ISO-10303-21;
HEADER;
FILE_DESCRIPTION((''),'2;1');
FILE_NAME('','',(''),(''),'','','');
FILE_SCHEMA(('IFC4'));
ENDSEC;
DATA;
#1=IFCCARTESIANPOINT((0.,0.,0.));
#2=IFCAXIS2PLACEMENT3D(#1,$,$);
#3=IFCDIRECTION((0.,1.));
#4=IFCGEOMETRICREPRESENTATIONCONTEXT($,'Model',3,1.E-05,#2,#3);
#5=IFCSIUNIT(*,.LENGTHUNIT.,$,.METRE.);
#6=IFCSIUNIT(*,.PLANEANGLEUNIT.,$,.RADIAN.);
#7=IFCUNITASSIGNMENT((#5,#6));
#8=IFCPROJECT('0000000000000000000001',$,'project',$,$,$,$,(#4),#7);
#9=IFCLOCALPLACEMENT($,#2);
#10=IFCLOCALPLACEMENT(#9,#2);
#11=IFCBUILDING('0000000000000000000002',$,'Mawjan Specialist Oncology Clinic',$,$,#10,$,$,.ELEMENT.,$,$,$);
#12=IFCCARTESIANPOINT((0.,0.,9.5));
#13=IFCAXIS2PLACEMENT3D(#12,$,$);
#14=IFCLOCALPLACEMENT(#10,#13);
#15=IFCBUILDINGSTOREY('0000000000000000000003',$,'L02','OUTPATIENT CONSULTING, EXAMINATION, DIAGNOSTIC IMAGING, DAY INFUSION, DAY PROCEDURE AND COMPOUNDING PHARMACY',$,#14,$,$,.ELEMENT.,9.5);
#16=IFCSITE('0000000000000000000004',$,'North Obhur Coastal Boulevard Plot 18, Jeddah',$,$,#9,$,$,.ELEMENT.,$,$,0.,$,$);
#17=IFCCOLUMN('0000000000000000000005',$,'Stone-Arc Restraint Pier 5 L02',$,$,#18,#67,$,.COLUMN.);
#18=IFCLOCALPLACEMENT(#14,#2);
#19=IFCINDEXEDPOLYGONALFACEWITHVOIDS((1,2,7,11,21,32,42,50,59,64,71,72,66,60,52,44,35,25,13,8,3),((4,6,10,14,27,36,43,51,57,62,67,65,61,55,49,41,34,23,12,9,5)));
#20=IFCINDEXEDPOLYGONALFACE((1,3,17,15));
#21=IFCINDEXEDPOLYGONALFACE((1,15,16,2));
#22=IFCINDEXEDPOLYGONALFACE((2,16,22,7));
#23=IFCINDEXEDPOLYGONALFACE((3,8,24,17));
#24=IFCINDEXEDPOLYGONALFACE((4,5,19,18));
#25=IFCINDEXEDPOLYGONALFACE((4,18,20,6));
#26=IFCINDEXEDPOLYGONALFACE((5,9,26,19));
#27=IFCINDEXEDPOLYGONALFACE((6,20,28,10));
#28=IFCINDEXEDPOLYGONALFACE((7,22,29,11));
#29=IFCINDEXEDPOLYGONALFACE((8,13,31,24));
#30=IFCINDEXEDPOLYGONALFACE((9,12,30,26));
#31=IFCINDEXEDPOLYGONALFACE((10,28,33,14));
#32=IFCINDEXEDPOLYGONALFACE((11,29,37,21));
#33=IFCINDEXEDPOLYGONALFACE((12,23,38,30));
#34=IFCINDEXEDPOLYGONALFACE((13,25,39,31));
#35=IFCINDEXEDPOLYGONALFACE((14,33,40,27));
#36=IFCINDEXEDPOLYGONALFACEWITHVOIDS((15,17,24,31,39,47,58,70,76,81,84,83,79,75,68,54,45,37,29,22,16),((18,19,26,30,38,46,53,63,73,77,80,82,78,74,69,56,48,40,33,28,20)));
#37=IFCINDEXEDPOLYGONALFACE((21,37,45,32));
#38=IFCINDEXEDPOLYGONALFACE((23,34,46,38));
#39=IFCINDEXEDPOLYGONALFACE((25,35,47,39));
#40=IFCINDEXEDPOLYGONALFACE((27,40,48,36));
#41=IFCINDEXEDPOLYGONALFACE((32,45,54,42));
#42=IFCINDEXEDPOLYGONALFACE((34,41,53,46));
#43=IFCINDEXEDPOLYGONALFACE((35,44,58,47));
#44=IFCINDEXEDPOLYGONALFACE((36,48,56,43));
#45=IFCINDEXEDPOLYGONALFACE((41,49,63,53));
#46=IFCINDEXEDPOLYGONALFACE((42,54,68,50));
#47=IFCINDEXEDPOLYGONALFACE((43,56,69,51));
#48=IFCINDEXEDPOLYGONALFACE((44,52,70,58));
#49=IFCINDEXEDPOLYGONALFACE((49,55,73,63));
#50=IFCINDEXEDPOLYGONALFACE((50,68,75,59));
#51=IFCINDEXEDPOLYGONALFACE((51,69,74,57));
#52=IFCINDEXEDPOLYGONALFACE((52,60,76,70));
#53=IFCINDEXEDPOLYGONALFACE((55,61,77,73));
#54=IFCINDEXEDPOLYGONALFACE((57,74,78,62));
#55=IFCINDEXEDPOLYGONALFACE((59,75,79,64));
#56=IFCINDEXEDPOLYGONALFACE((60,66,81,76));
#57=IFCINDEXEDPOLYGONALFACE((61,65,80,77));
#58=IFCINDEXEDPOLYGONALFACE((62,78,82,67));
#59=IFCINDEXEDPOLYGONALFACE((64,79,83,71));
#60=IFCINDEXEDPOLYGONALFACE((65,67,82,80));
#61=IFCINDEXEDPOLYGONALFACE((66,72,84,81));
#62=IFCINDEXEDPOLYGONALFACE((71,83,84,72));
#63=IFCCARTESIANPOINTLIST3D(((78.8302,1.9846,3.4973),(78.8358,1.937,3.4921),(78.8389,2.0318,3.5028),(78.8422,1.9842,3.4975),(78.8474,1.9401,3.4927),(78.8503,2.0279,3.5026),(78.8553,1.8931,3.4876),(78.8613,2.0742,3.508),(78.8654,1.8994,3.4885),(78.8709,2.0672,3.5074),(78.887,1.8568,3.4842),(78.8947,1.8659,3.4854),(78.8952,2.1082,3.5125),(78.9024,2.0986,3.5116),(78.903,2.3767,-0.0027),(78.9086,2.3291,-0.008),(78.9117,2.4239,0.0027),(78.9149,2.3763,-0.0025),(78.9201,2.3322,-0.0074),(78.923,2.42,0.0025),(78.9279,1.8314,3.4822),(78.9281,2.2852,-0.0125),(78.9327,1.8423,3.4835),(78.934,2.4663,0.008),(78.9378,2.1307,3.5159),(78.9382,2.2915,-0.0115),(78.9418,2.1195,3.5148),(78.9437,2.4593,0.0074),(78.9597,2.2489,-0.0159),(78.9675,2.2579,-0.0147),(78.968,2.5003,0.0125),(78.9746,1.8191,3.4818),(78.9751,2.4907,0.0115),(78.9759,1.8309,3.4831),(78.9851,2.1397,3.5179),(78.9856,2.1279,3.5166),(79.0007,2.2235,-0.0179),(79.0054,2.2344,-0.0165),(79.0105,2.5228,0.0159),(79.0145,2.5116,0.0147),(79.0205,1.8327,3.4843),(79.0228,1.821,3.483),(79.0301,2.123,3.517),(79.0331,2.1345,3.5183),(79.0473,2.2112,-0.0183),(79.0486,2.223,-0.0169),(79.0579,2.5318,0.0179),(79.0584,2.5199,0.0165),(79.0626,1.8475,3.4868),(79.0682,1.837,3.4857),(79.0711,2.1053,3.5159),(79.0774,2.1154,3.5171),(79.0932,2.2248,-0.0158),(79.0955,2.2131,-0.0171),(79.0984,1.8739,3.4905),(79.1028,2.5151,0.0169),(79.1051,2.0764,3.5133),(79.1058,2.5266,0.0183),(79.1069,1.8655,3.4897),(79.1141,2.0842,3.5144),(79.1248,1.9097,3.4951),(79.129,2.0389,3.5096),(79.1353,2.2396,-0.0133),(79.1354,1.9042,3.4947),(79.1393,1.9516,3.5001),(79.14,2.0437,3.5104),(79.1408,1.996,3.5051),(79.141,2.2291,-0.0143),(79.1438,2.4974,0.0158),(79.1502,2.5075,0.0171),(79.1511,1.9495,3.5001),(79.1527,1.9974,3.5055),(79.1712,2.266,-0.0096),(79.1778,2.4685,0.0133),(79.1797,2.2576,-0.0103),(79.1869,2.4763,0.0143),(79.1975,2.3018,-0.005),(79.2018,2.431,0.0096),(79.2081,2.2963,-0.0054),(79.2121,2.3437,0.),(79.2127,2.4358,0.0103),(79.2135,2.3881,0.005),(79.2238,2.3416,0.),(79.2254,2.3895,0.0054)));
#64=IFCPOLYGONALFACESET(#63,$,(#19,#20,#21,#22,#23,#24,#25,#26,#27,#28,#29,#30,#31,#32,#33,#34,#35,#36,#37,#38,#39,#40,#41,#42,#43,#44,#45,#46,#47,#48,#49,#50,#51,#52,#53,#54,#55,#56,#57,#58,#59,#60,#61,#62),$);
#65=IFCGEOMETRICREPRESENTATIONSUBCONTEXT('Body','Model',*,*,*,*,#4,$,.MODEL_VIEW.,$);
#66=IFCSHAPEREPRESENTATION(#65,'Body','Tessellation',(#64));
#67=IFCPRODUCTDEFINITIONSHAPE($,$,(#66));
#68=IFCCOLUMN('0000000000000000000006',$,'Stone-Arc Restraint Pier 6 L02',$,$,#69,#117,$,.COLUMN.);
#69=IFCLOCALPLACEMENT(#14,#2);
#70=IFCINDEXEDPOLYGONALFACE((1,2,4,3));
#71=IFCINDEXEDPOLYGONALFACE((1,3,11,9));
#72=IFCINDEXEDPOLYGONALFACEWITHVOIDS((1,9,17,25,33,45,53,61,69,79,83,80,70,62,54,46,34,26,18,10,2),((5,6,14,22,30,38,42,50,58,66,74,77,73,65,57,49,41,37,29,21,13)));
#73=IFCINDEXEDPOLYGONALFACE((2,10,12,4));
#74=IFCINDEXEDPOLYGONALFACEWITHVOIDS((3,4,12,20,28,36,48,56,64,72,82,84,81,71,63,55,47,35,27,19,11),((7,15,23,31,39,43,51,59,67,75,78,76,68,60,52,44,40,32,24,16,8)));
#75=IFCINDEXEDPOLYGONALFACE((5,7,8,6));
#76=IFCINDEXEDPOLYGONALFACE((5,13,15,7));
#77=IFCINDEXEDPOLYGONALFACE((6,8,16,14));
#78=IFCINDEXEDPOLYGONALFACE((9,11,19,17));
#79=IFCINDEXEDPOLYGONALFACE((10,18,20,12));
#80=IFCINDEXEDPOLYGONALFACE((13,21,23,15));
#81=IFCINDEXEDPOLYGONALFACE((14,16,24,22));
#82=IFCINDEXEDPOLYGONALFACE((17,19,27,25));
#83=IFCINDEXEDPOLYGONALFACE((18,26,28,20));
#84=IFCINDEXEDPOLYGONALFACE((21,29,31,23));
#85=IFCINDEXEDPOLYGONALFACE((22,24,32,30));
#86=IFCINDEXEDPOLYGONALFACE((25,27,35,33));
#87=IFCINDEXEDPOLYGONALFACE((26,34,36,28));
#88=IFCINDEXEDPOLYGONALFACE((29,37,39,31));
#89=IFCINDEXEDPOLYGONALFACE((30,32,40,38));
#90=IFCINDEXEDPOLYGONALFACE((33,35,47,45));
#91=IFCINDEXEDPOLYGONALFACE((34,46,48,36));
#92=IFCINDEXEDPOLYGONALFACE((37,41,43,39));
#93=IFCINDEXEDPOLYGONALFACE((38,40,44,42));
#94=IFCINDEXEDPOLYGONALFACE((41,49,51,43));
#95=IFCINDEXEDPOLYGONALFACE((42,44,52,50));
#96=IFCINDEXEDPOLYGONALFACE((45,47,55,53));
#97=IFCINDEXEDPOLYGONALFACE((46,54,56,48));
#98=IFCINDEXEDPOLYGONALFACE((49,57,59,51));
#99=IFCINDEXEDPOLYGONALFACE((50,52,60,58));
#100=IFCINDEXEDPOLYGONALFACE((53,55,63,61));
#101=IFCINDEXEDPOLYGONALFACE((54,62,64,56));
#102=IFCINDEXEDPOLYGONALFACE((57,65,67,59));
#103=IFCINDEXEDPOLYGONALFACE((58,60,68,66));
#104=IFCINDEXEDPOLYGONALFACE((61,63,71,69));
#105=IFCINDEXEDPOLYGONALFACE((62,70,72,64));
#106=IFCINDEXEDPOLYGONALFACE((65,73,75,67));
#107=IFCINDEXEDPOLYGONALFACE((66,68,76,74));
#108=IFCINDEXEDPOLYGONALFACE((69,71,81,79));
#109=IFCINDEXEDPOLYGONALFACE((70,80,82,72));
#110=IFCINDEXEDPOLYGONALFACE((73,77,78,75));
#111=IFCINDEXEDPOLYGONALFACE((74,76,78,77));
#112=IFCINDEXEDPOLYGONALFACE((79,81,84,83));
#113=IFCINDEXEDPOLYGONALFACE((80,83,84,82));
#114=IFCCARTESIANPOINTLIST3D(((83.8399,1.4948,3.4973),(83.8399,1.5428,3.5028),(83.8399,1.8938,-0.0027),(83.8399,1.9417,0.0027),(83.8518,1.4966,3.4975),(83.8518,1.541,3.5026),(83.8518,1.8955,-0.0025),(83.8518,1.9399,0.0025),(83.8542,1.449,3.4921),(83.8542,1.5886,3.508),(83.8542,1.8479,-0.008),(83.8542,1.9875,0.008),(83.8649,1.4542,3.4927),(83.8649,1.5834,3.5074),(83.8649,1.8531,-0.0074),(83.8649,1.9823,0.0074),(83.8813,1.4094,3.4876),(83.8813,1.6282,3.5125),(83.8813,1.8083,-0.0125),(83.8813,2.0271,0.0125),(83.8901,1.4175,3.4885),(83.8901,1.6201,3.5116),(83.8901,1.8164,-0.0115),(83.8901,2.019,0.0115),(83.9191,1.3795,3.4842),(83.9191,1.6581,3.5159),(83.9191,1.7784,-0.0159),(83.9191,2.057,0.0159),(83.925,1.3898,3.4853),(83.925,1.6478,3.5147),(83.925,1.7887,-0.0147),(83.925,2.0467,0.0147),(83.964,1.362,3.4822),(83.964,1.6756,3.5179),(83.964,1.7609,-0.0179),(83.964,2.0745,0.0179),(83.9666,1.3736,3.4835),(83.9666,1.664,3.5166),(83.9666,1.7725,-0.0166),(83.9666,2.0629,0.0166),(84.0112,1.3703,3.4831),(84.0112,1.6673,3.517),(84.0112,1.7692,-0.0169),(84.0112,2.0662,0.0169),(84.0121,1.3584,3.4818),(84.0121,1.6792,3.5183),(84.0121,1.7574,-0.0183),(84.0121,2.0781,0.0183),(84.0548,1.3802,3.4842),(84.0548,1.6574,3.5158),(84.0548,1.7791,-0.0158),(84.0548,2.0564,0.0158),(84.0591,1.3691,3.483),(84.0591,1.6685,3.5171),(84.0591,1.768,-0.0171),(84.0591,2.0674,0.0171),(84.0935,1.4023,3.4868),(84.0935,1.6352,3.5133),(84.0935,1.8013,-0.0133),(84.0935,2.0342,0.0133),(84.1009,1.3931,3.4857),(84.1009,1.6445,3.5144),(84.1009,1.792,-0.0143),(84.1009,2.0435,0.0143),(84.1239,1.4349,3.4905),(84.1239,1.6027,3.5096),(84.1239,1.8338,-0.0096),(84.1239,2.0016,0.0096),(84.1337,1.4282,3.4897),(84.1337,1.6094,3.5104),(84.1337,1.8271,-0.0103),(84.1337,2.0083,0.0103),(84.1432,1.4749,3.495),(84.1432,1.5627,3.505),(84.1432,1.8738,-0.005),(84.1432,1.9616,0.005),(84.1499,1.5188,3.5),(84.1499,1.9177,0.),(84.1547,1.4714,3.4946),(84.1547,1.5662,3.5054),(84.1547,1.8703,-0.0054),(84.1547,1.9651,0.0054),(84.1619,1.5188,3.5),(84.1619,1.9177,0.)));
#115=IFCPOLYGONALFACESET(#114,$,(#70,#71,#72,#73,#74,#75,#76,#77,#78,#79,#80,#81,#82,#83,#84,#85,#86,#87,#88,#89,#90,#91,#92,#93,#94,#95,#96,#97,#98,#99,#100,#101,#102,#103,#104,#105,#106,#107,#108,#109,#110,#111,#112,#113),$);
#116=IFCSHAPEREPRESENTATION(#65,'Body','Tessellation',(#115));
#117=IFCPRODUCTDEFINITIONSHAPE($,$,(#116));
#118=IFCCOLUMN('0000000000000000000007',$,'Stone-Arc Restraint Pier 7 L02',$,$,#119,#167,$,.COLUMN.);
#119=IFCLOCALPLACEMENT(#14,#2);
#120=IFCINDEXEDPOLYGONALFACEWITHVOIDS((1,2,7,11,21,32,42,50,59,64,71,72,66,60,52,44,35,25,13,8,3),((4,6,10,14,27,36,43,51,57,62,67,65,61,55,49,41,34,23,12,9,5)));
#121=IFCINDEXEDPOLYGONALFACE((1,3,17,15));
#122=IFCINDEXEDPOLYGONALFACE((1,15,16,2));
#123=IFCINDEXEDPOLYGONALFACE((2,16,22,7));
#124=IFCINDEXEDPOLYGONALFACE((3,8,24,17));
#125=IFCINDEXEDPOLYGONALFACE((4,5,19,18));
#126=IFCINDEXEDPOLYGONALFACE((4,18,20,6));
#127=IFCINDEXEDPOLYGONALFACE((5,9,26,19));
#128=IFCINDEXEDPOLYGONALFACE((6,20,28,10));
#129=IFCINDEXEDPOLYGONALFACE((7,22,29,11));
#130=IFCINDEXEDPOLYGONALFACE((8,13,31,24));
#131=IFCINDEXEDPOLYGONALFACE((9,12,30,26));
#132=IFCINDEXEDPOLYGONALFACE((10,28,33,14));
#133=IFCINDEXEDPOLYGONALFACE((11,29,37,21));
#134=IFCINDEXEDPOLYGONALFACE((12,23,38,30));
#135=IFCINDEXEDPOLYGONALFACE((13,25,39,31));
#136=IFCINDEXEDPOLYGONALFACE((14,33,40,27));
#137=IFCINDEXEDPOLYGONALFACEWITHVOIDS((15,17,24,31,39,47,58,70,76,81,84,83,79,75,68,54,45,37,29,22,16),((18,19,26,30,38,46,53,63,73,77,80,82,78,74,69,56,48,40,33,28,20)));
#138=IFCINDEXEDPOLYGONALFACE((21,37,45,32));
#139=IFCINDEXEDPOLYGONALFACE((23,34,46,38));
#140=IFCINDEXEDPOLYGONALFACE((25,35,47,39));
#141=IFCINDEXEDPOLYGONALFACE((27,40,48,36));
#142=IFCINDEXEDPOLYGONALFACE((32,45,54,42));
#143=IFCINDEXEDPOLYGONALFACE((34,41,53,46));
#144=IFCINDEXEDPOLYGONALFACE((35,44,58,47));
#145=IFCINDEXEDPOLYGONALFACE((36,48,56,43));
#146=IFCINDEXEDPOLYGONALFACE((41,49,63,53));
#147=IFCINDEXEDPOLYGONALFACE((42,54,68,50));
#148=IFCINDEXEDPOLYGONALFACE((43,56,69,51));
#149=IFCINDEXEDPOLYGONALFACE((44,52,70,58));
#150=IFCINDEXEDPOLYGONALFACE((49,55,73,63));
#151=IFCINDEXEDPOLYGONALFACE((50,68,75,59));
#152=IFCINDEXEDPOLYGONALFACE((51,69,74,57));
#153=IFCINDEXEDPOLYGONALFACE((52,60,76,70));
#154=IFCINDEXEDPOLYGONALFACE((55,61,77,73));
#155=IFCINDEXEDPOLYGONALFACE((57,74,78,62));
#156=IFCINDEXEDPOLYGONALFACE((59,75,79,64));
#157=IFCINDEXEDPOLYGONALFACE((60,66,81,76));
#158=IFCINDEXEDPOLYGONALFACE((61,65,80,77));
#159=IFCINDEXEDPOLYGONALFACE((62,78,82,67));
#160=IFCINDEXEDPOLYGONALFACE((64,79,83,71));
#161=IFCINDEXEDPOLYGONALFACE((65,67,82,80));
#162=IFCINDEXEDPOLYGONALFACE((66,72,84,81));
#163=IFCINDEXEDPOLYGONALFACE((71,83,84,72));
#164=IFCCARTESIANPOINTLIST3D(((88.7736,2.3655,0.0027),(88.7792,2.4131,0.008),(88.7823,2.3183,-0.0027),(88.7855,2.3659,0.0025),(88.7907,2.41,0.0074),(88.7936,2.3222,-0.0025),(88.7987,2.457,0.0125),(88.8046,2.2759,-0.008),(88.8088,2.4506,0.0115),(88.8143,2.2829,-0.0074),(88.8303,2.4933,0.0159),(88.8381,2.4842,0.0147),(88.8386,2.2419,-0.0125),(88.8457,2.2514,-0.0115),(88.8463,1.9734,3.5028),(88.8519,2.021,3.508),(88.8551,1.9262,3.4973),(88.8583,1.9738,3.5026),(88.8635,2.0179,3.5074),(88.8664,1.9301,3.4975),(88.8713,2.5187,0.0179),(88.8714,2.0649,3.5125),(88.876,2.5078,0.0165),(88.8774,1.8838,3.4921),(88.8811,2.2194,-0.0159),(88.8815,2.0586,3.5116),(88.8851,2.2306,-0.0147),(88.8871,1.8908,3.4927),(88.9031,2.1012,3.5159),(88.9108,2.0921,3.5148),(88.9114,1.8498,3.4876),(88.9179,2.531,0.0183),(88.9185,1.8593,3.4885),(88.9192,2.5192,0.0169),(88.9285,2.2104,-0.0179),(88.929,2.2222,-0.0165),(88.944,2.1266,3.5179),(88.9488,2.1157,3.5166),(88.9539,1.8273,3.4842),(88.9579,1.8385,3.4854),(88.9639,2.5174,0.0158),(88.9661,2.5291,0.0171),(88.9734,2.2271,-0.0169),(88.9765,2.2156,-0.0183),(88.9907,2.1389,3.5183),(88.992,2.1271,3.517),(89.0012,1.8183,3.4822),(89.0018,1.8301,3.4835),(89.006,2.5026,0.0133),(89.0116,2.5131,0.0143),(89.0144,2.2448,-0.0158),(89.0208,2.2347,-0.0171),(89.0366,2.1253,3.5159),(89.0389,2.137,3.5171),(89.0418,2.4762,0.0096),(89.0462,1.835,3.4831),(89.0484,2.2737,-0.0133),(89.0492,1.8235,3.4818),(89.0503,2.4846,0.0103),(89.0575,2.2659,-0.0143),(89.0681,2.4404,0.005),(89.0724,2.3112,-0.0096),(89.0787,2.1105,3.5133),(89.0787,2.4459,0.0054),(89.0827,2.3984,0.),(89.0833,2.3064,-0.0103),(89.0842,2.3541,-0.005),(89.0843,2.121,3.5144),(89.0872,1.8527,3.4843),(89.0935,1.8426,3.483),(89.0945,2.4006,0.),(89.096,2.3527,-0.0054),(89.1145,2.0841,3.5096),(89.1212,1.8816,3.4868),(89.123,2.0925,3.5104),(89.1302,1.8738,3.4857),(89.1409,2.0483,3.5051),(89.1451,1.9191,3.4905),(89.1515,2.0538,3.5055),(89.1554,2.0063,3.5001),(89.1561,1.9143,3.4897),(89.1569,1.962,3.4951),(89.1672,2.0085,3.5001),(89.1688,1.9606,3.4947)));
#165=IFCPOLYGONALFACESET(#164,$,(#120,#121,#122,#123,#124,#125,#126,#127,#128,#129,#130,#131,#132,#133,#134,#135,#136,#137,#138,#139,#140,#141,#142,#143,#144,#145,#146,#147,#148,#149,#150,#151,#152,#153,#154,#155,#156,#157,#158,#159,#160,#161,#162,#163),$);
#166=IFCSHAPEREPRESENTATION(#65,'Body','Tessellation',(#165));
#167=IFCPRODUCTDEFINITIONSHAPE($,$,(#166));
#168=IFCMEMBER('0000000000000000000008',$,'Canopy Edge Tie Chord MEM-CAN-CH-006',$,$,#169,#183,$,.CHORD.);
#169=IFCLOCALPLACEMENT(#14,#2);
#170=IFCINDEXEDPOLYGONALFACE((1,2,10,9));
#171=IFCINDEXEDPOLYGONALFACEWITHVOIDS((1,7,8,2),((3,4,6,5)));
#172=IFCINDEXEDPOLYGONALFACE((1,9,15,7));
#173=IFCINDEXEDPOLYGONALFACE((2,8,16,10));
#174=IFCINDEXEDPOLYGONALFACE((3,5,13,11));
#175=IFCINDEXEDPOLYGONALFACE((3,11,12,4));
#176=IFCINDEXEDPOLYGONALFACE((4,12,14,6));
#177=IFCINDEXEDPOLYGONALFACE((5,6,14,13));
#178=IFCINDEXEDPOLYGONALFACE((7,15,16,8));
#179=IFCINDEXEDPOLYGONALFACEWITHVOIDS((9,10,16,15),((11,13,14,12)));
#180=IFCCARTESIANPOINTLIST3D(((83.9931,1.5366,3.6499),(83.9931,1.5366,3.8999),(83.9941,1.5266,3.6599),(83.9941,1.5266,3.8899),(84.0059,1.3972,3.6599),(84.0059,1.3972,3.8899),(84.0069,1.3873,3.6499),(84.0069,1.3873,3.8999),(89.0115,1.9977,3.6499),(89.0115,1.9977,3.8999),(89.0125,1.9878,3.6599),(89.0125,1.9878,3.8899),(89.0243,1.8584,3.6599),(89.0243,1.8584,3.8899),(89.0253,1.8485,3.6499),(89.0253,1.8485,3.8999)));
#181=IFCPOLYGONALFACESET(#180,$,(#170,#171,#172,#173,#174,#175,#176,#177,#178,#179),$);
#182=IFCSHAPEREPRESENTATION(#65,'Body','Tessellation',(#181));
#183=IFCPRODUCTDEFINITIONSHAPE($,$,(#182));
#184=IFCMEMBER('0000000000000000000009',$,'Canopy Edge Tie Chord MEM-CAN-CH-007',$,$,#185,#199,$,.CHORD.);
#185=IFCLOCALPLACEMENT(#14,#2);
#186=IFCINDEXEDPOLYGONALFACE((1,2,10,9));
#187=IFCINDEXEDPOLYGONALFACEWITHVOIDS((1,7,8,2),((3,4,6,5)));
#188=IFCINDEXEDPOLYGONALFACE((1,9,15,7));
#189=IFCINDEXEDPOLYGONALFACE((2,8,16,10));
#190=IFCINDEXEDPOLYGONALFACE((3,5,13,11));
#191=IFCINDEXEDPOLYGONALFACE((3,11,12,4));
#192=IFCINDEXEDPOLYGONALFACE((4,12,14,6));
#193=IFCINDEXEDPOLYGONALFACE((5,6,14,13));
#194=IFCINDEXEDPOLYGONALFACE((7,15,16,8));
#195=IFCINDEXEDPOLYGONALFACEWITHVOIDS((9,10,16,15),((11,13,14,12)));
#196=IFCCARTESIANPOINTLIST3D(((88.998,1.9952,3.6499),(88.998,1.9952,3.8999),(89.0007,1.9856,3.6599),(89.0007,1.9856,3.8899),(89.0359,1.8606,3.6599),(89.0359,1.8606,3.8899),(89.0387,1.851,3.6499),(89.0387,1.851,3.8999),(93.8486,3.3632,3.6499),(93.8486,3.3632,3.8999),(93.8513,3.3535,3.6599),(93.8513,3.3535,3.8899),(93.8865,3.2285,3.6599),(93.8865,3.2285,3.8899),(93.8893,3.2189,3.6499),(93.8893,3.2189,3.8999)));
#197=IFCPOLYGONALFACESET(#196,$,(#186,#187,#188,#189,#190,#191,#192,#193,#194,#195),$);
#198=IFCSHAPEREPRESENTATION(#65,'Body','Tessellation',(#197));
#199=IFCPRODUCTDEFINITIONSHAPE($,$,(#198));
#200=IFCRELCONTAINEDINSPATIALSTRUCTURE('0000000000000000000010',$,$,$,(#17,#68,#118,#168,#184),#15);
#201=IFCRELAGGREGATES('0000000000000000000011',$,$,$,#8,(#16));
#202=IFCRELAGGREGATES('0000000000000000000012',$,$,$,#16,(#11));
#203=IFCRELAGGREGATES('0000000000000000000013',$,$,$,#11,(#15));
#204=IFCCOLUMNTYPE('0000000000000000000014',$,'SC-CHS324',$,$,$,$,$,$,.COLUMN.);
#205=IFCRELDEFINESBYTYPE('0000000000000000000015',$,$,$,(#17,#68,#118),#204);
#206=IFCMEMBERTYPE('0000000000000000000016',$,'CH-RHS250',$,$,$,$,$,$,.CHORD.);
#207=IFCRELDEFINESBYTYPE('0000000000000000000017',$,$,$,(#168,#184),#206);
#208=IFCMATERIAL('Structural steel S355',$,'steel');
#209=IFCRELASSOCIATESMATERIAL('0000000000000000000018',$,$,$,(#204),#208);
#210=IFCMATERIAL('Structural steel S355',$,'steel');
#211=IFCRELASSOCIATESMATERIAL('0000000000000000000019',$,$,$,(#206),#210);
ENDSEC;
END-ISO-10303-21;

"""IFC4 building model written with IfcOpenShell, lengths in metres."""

from ifc_helpers import new_model, si_unit, direction, frame, origin, origin_2d, place, context, subcontext, project, spatial, hollow_rectangle, hollow_circle, extrude, material, material_profile, profile_set, type_object, element, save


model = new_model("IFC4")

# Units and contexts
model_context = context("Model", 3, precision=1e-05, world=origin(), true_north=direction((0.0, 1.0)))
body_context = subcontext(model_context, "Body", "Model", "MODEL_VIEW")
ifc_project = project(units=[si_unit("LENGTHUNIT", "METRE"), si_unit("PLANEANGLEUNIT", "RADIAN")], contexts=[model_context])

# Site, building, storey
site_placement = place(None, origin())
site = spatial("IfcSite", under=ifc_project, at=site_placement, Name="North Obhur Coastal Boulevard Plot 18, Jeddah", CompositionType="ELEMENT", RefElevation=0.0)
building_placement = place(site_placement, origin())
building = spatial("IfcBuilding", under=site, at=building_placement, Name="Mawjan Specialist Oncology Clinic", CompositionType="ELEMENT")
storey_placement = place(building_placement, frame((0.0, 0.0, 9.5)))
storey = spatial("IfcBuildingStorey", under=building, at=storey_placement, Name="L02", Description="OUTPATIENT CONSULTING, EXAMINATION, DIAGNOSTIC IMAGING, DAY INFUSION, DAY PROCEDURE AND COMPOUNDING PHARMACY", CompositionType="ELEMENT", Elevation=9.5)

# Columns
ifc_material_1 = material(Name="Structural steel S355", Category="steel")
ifc_material_profile_1 = material_profile(ifc_material_1, hollow_circle(Radius=0.1619, WallThickness=0.012, at=origin_2d()), Name="CHS 323.9x12", Category="steel")
ifc_profile_set_1 = profile_set([ifc_material_profile_1], Name="Structural steel S355")
column_type = type_object("IfcColumnType", Name="SC-CHS324", PredefinedType="COLUMN", material=ifc_profile_set_1)
for number, where, z_axis, x_axis, name in (
    (1, (79.0647, 2.3711, 0.0), (-0.020653, -0.111306, 0.993572), (0.983217, -0.18244, 0.0), "Stone-Arc Restraint Pier 5 L02"),
    (2, (84.0, 1.9177, 0.0), (0.0, -0.113246, 0.993567), (1.0, 0.0, 0.0), "Stone-Arc Restraint Pier 6 L02"),
    (3, (88.9353, 2.3711, 0.0), (0.020653, -0.111306, 0.993572), (0.983217, 0.18244, 0.0), "Stone-Arc Restraint Pier 7 L02"),
):
    element("IfcColumn", number, at=place(storey_placement, frame(where, z_axis=z_axis, x_axis=x_axis)), inside=storey, type_object=column_type, Name=name, PredefinedType="COLUMN", context=body_context, shape_type="SweptSolid", body=[
        extrude(hollow_circle(Radius=0.1619, WallThickness=0.012, at=origin_2d()), origin(), (0.0, 0.0, 1.0), 3.5227),
    ])

# Members
ifc_material_2 = material(Name="Structural steel S355", Category="steel")
ifc_material_profile_2 = material_profile(ifc_material_2, hollow_rectangle(XDim=0.1499, YDim=0.25, WallThickness=0.01, at=origin_2d()), Name="RHS 250x150x10", Category="steel")
ifc_profile_set_2 = profile_set([ifc_material_profile_2], Name="Structural steel S355")
member_type_1 = type_object("IfcMemberType", Name="CH-RHS250", PredefinedType="CHORD", material=ifc_profile_set_2)
member_1_placement = place(storey_placement, frame((84.0, 1.4619, 3.7749), z_axis=(0.995804, 0.091514, 0.0), x_axis=(-0.091514, 0.995804, 0.0)))
element("IfcMember", 4, at=member_1_placement, inside=storey, type_object=member_type_1, Name="Canopy Edge Tie Chord MEM-CAN-CH-006", PredefinedType="CHORD", context=body_context, shape_type="SweptSolid", body=[
    extrude(hollow_rectangle(XDim=0.1499, YDim=0.25, WallThickness=0.01, at=origin_2d()), origin(), (0.0, 0.0, 1.0), 5.0396),
])
member_2_placement = place(storey_placement, frame((89.0183, 1.9231, 3.7749), z_axis=(0.96246, 0.271424, 0.0), x_axis=(-0.271424, 0.96246, 0.0)))
element("IfcMember", 5, at=member_2_placement, inside=storey, type_object=member_type_1, Name="Canopy Edge Tie Chord MEM-CAN-CH-007", PredefinedType="CHORD", context=body_context, shape_type="SweptSolid", body=[
    extrude(hollow_rectangle(XDim=0.1499, YDim=0.25, WallThickness=0.01, at=origin_2d()), origin(), (0.0, 0.0, 1.0), 5.0398),
])

save(model, "model.ifc")
